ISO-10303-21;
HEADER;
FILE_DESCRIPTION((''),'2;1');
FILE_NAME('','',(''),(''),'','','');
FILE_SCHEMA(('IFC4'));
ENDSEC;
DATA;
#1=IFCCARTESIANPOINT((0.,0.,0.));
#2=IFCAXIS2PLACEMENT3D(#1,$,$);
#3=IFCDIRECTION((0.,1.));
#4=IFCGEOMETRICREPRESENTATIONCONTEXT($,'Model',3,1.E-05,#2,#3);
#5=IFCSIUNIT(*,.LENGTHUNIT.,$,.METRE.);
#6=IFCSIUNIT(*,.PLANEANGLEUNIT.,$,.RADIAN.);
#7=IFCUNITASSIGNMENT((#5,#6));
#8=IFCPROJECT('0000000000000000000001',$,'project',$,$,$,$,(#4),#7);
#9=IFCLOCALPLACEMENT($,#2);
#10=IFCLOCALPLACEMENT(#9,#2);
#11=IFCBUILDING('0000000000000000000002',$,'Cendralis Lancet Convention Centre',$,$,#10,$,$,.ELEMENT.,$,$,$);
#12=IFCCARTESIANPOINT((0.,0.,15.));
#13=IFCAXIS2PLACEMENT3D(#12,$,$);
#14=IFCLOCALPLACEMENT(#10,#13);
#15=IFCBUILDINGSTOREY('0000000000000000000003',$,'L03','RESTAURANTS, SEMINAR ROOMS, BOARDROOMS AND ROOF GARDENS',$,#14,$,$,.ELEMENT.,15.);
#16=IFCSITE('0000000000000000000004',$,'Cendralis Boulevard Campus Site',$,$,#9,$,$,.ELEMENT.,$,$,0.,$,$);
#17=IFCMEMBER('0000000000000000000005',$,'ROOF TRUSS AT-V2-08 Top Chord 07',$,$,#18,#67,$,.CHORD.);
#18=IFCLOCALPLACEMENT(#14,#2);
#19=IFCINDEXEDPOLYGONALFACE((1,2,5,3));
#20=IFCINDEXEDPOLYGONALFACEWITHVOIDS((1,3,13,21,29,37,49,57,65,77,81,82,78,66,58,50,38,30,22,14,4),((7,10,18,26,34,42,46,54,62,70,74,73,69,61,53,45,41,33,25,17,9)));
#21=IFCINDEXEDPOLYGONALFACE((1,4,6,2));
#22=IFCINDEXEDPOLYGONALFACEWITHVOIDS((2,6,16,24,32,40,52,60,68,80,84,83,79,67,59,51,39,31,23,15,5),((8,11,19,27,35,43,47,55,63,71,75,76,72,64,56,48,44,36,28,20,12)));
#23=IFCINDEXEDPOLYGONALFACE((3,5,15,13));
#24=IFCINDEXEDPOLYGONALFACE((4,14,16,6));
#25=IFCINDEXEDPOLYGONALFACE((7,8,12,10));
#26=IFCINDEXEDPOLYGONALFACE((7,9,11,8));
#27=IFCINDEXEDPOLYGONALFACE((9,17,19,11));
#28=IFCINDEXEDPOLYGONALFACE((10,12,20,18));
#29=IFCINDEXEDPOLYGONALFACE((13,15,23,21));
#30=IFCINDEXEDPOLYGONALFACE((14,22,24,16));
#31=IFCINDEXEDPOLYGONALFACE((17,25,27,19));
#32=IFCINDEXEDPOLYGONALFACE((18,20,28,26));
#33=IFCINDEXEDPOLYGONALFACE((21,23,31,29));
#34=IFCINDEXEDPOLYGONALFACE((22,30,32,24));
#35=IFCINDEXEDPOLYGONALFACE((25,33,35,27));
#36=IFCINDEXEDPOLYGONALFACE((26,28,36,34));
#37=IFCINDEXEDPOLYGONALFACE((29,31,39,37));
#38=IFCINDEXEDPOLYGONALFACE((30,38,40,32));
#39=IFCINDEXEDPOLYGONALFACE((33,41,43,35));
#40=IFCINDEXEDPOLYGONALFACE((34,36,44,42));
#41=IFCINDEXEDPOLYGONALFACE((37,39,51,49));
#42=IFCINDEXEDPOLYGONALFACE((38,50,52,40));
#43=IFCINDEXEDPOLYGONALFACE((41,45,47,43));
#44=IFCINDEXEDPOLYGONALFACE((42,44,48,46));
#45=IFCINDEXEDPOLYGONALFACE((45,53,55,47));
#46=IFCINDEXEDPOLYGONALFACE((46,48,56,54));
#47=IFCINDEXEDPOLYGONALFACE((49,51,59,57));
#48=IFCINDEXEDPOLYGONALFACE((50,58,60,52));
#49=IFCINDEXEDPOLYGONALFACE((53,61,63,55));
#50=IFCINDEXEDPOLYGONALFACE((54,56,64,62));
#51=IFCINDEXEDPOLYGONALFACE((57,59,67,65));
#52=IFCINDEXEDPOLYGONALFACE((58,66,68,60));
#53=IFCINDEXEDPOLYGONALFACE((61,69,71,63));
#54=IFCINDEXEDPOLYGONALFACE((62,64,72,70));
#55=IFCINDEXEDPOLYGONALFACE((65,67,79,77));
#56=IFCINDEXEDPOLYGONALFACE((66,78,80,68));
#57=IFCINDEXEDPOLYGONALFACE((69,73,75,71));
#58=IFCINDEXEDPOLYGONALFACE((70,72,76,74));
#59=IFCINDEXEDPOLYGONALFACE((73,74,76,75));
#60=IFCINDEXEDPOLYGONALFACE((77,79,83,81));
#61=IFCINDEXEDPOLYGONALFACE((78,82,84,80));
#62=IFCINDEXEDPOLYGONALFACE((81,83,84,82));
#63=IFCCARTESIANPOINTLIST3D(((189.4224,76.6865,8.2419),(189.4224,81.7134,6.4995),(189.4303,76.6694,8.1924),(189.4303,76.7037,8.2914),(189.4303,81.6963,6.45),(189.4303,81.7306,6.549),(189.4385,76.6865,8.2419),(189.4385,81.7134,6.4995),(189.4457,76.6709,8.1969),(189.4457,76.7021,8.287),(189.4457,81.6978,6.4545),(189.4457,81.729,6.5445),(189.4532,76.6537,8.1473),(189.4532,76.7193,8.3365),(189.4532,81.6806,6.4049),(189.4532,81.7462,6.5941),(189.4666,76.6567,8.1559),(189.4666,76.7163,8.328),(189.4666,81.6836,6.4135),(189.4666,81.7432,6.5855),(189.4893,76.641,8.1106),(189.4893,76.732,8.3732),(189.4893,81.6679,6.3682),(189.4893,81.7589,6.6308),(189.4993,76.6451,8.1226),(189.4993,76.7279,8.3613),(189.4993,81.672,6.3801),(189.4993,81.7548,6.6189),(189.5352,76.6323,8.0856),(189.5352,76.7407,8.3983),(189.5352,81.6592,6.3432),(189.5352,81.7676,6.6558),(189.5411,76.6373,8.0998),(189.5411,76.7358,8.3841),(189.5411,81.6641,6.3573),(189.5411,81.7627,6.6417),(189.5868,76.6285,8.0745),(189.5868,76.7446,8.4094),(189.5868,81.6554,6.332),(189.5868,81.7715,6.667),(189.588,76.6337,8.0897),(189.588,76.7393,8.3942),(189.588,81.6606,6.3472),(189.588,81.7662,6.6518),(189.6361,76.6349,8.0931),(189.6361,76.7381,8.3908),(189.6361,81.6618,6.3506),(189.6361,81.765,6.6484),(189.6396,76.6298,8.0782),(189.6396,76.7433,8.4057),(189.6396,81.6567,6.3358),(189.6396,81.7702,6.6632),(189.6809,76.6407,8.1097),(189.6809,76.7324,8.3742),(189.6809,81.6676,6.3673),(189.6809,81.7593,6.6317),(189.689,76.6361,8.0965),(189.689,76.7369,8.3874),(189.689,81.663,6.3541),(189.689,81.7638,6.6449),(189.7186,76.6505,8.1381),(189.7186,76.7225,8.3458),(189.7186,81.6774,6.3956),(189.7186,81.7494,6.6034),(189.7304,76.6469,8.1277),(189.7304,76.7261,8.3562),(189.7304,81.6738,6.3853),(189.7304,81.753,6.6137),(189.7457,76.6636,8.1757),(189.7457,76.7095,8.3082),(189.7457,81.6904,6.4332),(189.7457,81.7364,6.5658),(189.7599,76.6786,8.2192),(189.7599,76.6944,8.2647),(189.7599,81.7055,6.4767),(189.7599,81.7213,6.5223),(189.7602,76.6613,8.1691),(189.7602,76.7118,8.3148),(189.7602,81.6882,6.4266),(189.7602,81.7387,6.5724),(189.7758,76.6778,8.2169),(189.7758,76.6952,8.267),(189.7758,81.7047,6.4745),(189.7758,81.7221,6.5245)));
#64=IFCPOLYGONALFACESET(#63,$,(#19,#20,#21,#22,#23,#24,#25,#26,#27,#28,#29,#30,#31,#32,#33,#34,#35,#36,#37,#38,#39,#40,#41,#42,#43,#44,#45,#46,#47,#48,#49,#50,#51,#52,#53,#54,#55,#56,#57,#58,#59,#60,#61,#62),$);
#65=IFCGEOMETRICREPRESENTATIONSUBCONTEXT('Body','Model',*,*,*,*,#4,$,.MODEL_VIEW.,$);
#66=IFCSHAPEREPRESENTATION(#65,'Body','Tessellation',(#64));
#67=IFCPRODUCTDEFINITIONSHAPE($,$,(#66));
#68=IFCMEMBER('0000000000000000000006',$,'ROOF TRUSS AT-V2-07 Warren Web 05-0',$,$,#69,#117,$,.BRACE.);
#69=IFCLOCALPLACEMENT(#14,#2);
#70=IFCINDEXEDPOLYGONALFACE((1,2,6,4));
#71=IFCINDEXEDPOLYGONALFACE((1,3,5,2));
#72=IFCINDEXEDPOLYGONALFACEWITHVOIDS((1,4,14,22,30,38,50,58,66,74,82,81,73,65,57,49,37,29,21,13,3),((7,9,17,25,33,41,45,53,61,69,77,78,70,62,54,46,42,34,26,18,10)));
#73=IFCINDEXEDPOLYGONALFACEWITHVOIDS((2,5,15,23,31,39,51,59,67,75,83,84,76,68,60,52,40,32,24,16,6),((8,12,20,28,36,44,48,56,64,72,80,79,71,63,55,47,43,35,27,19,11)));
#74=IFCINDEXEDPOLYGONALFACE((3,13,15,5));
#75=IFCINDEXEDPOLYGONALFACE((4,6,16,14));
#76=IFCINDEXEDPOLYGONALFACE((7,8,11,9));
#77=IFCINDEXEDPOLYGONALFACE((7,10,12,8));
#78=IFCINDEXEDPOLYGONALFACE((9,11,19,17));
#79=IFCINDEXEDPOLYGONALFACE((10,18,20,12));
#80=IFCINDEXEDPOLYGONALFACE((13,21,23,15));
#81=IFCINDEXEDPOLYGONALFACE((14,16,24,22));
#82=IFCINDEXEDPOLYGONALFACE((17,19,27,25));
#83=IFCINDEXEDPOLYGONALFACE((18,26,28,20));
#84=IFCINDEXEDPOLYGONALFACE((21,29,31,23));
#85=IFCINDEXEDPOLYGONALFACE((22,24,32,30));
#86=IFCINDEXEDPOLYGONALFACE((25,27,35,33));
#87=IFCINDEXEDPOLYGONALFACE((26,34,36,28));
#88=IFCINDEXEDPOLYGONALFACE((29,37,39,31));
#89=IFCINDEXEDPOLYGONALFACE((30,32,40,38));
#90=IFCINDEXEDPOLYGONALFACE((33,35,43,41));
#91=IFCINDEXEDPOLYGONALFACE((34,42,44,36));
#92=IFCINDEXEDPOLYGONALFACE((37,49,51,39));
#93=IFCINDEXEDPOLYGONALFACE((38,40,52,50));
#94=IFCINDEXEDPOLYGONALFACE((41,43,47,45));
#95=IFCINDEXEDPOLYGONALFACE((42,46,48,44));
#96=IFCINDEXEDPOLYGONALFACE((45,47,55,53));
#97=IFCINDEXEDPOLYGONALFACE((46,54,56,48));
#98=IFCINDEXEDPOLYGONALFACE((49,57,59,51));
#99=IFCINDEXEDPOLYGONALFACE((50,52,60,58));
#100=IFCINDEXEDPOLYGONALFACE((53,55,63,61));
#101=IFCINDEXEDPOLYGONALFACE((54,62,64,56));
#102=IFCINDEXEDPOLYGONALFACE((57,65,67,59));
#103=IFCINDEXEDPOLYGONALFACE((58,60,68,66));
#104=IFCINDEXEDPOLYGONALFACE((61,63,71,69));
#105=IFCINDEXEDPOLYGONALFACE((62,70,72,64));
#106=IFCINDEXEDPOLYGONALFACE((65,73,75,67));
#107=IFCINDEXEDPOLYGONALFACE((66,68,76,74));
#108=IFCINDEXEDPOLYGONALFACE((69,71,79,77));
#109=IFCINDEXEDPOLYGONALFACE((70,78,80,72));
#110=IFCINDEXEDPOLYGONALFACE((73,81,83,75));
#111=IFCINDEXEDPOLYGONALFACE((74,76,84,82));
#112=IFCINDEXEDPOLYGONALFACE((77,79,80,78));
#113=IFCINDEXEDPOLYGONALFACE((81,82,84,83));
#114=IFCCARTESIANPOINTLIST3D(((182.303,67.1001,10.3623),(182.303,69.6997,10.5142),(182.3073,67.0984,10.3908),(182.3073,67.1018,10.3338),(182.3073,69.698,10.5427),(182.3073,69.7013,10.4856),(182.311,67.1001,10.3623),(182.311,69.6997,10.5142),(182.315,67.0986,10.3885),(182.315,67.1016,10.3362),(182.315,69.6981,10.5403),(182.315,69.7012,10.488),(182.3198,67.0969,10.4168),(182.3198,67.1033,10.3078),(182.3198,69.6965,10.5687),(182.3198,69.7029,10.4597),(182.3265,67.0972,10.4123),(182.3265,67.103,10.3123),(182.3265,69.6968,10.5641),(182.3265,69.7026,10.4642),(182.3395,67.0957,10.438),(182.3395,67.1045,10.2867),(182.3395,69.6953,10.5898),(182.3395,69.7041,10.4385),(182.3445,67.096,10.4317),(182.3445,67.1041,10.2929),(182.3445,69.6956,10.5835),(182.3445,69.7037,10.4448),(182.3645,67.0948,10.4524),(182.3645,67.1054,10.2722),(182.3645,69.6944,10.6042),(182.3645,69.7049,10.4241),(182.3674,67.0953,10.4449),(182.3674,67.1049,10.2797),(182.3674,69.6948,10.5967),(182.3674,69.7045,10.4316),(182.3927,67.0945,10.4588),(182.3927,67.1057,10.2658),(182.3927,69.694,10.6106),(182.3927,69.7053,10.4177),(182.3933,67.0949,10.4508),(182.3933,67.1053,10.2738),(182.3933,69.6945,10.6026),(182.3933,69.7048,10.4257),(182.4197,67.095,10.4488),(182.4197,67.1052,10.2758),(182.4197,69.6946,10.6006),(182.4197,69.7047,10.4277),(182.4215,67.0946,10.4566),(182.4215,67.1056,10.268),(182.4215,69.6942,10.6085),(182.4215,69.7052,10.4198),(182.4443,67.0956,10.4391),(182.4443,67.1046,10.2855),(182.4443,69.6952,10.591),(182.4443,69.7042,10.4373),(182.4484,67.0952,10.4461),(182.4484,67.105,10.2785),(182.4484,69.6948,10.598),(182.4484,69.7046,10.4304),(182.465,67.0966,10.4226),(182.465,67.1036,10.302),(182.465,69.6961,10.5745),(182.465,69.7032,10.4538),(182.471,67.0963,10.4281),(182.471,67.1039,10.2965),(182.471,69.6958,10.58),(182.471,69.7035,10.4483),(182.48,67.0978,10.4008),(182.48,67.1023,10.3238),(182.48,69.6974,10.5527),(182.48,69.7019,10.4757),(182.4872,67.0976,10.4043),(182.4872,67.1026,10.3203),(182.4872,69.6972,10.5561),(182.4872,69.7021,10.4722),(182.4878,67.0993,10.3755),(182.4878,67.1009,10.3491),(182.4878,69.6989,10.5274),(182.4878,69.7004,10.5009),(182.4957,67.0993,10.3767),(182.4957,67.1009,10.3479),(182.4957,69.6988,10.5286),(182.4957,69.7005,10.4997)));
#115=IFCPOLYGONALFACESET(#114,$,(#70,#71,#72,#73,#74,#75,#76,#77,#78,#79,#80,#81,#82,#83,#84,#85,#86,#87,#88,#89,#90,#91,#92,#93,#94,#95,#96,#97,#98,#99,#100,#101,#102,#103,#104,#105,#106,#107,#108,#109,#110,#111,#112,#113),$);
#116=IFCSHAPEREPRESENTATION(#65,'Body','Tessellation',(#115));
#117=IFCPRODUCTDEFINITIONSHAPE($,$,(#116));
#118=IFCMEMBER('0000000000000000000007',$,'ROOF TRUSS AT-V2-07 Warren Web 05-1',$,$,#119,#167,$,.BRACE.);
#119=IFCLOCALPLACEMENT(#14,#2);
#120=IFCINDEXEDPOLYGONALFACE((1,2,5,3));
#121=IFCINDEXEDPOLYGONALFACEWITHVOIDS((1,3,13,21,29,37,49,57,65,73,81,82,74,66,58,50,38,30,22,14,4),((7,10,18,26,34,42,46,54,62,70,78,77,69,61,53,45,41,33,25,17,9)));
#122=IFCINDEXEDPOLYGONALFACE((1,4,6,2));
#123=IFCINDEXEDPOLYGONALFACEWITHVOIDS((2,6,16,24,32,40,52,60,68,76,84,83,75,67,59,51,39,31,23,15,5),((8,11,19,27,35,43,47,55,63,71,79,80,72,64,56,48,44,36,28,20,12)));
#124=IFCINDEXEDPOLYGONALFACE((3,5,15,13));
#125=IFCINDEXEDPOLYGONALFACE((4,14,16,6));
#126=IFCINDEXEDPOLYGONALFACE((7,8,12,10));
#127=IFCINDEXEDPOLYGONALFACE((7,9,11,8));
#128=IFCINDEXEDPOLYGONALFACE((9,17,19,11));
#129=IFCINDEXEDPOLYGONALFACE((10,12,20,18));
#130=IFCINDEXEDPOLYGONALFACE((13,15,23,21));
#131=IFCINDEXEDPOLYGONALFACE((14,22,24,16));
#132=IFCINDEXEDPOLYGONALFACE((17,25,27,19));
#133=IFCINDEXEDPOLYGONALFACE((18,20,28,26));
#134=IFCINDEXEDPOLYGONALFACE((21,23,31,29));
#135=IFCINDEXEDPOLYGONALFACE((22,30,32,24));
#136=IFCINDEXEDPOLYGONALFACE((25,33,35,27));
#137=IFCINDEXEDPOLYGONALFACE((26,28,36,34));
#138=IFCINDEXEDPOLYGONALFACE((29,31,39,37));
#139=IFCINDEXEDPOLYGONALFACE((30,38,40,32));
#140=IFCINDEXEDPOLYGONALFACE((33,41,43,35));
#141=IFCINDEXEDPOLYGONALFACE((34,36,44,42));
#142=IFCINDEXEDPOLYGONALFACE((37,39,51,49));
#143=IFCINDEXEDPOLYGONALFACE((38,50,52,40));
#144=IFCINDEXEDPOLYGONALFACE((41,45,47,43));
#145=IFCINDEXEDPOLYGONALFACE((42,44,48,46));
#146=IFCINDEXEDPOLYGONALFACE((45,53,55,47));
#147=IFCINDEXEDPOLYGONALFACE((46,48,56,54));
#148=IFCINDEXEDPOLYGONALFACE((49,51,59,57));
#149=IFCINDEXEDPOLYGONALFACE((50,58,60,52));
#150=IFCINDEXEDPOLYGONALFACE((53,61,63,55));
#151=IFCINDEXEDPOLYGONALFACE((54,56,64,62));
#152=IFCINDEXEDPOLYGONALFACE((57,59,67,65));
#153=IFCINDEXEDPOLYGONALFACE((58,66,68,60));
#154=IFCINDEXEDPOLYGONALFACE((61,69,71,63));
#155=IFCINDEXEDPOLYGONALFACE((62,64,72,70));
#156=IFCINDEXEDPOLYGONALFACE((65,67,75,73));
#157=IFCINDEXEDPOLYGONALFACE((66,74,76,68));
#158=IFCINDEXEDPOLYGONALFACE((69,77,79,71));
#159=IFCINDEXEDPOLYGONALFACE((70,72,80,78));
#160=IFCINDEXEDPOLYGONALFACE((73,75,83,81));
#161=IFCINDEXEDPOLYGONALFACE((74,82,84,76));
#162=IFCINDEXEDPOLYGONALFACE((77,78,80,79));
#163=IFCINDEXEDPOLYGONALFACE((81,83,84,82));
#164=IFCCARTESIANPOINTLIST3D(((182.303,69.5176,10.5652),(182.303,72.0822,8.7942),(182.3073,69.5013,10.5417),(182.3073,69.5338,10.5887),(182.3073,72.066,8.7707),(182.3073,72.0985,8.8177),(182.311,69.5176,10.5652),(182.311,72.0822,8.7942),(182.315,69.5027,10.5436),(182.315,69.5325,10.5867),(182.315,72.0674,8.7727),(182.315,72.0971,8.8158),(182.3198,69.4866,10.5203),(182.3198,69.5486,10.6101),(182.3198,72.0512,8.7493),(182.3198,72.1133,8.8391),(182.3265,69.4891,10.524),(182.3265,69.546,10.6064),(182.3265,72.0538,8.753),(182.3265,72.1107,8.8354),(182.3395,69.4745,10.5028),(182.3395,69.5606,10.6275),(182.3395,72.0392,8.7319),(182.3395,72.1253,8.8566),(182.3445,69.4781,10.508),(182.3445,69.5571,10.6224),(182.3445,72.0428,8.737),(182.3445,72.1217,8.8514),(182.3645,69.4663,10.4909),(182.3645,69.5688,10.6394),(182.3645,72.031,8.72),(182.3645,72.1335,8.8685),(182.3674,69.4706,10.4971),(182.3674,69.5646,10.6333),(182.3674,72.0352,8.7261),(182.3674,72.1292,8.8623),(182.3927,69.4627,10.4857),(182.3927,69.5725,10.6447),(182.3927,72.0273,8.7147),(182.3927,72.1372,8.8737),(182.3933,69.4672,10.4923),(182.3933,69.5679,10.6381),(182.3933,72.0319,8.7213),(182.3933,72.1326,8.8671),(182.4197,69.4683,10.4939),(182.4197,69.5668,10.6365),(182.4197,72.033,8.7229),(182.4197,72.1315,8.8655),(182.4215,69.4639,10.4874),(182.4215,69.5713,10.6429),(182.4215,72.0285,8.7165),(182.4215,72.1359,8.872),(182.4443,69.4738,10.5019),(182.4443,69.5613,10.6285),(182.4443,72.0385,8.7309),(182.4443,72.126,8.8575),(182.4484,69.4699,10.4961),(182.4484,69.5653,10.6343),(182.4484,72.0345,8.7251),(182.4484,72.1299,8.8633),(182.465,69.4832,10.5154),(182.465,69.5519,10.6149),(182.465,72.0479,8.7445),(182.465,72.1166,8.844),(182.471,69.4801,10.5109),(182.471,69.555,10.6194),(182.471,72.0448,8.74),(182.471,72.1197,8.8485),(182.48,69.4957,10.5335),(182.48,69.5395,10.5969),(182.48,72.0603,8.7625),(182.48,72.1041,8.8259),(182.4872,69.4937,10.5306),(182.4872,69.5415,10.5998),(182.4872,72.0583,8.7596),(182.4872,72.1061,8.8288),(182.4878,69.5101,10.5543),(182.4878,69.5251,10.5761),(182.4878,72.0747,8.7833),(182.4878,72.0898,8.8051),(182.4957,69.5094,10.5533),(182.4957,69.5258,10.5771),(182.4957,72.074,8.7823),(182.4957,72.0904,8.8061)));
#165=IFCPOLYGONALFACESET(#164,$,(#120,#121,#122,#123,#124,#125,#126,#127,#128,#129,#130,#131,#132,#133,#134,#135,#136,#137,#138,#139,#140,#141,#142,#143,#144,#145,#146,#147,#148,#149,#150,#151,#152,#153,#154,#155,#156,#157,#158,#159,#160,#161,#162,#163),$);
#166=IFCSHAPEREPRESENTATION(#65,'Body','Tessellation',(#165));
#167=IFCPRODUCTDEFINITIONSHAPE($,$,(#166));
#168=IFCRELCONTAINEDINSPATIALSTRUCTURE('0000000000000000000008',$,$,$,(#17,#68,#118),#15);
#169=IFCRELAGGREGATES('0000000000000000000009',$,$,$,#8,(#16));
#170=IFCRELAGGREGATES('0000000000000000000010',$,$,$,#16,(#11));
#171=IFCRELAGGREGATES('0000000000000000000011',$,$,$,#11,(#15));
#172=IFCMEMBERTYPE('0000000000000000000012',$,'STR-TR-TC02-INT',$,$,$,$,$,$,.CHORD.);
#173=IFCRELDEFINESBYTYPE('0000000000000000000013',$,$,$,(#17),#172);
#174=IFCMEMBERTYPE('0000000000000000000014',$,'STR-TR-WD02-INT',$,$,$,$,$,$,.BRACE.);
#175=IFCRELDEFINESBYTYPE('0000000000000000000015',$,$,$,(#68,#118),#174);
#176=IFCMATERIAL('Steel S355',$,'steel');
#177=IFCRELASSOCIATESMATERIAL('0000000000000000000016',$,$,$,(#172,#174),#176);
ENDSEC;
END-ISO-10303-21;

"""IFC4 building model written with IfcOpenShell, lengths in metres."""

from ifc_helpers import new_model, si_unit, direction, frame, origin, origin_2d, place, context, subcontext, project, spatial, hollow_circle, extrude, material, material_profile, profile_set, type_object, element, save


model = new_model("IFC4")

# Units and contexts
model_context = context("Model", 3, precision=1e-05, world=origin(), true_north=direction((0.0, 1.0)))
body_context = subcontext(model_context, "Body", "Model", "MODEL_VIEW")
ifc_project = project(units=[si_unit("LENGTHUNIT", "METRE"), si_unit("PLANEANGLEUNIT", "RADIAN")], contexts=[model_context])

# Site, building, storey
site_placement = place(None, origin())
site = spatial("IfcSite", under=ifc_project, at=site_placement, Name="Cendralis Boulevard Campus Site", CompositionType="ELEMENT", RefElevation=0.0)
building_placement = place(site_placement, origin())
building = spatial("IfcBuilding", under=site, at=building_placement, Name="Cendralis Lancet Convention Centre", CompositionType="ELEMENT")
storey_placement = place(building_placement, frame((0.0, 0.0, 15.0)))
storey = spatial("IfcBuildingStorey", under=building, at=storey_placement, Name="L03", Description="RESTAURANTS, SEMINAR ROOMS, BOARDROOMS AND ROOF GARDENS", CompositionType="ELEMENT", Elevation=15.0)

# Shared definitions
ifc_material = material(Name="Steel S355", Category="steel")

# Members
ifc_material_profile_1 = material_profile(ifc_material, hollow_circle(Radius=0.1777, WallThickness=0.0161, at=origin_2d()), Name="CHS 355.6x16.0")
ifc_profile_set_1 = profile_set([ifc_material_profile_1], Name="Steel S355")
member_type_1 = type_object("IfcMemberType", Name="STR-TR-TC02-INT", PredefinedType="CHORD", material=ifc_profile_set_1)
member_1_placement = place(storey_placement, frame((189.6001, 76.6865, 8.2419), z_axis=(0.0, 0.944849, -0.327508), x_axis=(-1.0, 0.0, 0.0)))
element("IfcMember", 1, at=member_1_placement, inside=storey, type_object=member_type_1, Name="ROOF TRUSS AT-V2-08 Top Chord 07", PredefinedType="CHORD", context=body_context, shape_type="SweptSolid", body=[
    extrude(hollow_circle(Radius=0.1777, WallThickness=0.0161, at=origin_2d()), origin(), (0.0, 0.0, 1.0), 5.3203),
])
ifc_material_profile_2 = material_profile(ifc_material, hollow_circle(Radius=0.0969, WallThickness=0.0081, at=origin_2d()), Name="CHS 193.7x8.0")
ifc_profile_set_2 = profile_set([ifc_material_profile_2], Name="Steel S355")
member_type_2 = type_object("IfcMemberType", Name="STR-TR-WD02-INT", PredefinedType="BRACE", material=ifc_profile_set_2)
member_2_placement = place(storey_placement, frame((182.3999, 67.1001, 10.3623), z_axis=(0.0, 0.998298, 0.058315), x_axis=(-1.0, 0.0, 0.0)))
element("IfcMember", 2, at=member_2_placement, inside=storey, type_object=member_type_2, Name="ROOF TRUSS AT-V2-07 Warren Web 05-0", PredefinedType="BRACE", context=body_context, shape_type="SweptSolid", body=[
    extrude(hollow_circle(Radius=0.0969, WallThickness=0.0081, at=origin_2d()), origin(), (0.0, 0.0, 1.0), 2.604),
])
member_3_placement = place(storey_placement, frame((182.3999, 69.5176, 10.5652), z_axis=(0.0, 0.822877, -0.56822), x_axis=(-1.0, 0.0, 0.0)))
element("IfcMember", 3, at=member_3_placement, inside=storey, type_object=member_type_2, Name="ROOF TRUSS AT-V2-07 Warren Web 05-1", PredefinedType="BRACE", context=body_context, shape_type="SweptSolid", body=[
    extrude(hollow_circle(Radius=0.0969, WallThickness=0.0081, at=origin_2d()), origin(), (0.0, 0.0, 1.0), 3.1167),
])

save(model, "model.ifc")
